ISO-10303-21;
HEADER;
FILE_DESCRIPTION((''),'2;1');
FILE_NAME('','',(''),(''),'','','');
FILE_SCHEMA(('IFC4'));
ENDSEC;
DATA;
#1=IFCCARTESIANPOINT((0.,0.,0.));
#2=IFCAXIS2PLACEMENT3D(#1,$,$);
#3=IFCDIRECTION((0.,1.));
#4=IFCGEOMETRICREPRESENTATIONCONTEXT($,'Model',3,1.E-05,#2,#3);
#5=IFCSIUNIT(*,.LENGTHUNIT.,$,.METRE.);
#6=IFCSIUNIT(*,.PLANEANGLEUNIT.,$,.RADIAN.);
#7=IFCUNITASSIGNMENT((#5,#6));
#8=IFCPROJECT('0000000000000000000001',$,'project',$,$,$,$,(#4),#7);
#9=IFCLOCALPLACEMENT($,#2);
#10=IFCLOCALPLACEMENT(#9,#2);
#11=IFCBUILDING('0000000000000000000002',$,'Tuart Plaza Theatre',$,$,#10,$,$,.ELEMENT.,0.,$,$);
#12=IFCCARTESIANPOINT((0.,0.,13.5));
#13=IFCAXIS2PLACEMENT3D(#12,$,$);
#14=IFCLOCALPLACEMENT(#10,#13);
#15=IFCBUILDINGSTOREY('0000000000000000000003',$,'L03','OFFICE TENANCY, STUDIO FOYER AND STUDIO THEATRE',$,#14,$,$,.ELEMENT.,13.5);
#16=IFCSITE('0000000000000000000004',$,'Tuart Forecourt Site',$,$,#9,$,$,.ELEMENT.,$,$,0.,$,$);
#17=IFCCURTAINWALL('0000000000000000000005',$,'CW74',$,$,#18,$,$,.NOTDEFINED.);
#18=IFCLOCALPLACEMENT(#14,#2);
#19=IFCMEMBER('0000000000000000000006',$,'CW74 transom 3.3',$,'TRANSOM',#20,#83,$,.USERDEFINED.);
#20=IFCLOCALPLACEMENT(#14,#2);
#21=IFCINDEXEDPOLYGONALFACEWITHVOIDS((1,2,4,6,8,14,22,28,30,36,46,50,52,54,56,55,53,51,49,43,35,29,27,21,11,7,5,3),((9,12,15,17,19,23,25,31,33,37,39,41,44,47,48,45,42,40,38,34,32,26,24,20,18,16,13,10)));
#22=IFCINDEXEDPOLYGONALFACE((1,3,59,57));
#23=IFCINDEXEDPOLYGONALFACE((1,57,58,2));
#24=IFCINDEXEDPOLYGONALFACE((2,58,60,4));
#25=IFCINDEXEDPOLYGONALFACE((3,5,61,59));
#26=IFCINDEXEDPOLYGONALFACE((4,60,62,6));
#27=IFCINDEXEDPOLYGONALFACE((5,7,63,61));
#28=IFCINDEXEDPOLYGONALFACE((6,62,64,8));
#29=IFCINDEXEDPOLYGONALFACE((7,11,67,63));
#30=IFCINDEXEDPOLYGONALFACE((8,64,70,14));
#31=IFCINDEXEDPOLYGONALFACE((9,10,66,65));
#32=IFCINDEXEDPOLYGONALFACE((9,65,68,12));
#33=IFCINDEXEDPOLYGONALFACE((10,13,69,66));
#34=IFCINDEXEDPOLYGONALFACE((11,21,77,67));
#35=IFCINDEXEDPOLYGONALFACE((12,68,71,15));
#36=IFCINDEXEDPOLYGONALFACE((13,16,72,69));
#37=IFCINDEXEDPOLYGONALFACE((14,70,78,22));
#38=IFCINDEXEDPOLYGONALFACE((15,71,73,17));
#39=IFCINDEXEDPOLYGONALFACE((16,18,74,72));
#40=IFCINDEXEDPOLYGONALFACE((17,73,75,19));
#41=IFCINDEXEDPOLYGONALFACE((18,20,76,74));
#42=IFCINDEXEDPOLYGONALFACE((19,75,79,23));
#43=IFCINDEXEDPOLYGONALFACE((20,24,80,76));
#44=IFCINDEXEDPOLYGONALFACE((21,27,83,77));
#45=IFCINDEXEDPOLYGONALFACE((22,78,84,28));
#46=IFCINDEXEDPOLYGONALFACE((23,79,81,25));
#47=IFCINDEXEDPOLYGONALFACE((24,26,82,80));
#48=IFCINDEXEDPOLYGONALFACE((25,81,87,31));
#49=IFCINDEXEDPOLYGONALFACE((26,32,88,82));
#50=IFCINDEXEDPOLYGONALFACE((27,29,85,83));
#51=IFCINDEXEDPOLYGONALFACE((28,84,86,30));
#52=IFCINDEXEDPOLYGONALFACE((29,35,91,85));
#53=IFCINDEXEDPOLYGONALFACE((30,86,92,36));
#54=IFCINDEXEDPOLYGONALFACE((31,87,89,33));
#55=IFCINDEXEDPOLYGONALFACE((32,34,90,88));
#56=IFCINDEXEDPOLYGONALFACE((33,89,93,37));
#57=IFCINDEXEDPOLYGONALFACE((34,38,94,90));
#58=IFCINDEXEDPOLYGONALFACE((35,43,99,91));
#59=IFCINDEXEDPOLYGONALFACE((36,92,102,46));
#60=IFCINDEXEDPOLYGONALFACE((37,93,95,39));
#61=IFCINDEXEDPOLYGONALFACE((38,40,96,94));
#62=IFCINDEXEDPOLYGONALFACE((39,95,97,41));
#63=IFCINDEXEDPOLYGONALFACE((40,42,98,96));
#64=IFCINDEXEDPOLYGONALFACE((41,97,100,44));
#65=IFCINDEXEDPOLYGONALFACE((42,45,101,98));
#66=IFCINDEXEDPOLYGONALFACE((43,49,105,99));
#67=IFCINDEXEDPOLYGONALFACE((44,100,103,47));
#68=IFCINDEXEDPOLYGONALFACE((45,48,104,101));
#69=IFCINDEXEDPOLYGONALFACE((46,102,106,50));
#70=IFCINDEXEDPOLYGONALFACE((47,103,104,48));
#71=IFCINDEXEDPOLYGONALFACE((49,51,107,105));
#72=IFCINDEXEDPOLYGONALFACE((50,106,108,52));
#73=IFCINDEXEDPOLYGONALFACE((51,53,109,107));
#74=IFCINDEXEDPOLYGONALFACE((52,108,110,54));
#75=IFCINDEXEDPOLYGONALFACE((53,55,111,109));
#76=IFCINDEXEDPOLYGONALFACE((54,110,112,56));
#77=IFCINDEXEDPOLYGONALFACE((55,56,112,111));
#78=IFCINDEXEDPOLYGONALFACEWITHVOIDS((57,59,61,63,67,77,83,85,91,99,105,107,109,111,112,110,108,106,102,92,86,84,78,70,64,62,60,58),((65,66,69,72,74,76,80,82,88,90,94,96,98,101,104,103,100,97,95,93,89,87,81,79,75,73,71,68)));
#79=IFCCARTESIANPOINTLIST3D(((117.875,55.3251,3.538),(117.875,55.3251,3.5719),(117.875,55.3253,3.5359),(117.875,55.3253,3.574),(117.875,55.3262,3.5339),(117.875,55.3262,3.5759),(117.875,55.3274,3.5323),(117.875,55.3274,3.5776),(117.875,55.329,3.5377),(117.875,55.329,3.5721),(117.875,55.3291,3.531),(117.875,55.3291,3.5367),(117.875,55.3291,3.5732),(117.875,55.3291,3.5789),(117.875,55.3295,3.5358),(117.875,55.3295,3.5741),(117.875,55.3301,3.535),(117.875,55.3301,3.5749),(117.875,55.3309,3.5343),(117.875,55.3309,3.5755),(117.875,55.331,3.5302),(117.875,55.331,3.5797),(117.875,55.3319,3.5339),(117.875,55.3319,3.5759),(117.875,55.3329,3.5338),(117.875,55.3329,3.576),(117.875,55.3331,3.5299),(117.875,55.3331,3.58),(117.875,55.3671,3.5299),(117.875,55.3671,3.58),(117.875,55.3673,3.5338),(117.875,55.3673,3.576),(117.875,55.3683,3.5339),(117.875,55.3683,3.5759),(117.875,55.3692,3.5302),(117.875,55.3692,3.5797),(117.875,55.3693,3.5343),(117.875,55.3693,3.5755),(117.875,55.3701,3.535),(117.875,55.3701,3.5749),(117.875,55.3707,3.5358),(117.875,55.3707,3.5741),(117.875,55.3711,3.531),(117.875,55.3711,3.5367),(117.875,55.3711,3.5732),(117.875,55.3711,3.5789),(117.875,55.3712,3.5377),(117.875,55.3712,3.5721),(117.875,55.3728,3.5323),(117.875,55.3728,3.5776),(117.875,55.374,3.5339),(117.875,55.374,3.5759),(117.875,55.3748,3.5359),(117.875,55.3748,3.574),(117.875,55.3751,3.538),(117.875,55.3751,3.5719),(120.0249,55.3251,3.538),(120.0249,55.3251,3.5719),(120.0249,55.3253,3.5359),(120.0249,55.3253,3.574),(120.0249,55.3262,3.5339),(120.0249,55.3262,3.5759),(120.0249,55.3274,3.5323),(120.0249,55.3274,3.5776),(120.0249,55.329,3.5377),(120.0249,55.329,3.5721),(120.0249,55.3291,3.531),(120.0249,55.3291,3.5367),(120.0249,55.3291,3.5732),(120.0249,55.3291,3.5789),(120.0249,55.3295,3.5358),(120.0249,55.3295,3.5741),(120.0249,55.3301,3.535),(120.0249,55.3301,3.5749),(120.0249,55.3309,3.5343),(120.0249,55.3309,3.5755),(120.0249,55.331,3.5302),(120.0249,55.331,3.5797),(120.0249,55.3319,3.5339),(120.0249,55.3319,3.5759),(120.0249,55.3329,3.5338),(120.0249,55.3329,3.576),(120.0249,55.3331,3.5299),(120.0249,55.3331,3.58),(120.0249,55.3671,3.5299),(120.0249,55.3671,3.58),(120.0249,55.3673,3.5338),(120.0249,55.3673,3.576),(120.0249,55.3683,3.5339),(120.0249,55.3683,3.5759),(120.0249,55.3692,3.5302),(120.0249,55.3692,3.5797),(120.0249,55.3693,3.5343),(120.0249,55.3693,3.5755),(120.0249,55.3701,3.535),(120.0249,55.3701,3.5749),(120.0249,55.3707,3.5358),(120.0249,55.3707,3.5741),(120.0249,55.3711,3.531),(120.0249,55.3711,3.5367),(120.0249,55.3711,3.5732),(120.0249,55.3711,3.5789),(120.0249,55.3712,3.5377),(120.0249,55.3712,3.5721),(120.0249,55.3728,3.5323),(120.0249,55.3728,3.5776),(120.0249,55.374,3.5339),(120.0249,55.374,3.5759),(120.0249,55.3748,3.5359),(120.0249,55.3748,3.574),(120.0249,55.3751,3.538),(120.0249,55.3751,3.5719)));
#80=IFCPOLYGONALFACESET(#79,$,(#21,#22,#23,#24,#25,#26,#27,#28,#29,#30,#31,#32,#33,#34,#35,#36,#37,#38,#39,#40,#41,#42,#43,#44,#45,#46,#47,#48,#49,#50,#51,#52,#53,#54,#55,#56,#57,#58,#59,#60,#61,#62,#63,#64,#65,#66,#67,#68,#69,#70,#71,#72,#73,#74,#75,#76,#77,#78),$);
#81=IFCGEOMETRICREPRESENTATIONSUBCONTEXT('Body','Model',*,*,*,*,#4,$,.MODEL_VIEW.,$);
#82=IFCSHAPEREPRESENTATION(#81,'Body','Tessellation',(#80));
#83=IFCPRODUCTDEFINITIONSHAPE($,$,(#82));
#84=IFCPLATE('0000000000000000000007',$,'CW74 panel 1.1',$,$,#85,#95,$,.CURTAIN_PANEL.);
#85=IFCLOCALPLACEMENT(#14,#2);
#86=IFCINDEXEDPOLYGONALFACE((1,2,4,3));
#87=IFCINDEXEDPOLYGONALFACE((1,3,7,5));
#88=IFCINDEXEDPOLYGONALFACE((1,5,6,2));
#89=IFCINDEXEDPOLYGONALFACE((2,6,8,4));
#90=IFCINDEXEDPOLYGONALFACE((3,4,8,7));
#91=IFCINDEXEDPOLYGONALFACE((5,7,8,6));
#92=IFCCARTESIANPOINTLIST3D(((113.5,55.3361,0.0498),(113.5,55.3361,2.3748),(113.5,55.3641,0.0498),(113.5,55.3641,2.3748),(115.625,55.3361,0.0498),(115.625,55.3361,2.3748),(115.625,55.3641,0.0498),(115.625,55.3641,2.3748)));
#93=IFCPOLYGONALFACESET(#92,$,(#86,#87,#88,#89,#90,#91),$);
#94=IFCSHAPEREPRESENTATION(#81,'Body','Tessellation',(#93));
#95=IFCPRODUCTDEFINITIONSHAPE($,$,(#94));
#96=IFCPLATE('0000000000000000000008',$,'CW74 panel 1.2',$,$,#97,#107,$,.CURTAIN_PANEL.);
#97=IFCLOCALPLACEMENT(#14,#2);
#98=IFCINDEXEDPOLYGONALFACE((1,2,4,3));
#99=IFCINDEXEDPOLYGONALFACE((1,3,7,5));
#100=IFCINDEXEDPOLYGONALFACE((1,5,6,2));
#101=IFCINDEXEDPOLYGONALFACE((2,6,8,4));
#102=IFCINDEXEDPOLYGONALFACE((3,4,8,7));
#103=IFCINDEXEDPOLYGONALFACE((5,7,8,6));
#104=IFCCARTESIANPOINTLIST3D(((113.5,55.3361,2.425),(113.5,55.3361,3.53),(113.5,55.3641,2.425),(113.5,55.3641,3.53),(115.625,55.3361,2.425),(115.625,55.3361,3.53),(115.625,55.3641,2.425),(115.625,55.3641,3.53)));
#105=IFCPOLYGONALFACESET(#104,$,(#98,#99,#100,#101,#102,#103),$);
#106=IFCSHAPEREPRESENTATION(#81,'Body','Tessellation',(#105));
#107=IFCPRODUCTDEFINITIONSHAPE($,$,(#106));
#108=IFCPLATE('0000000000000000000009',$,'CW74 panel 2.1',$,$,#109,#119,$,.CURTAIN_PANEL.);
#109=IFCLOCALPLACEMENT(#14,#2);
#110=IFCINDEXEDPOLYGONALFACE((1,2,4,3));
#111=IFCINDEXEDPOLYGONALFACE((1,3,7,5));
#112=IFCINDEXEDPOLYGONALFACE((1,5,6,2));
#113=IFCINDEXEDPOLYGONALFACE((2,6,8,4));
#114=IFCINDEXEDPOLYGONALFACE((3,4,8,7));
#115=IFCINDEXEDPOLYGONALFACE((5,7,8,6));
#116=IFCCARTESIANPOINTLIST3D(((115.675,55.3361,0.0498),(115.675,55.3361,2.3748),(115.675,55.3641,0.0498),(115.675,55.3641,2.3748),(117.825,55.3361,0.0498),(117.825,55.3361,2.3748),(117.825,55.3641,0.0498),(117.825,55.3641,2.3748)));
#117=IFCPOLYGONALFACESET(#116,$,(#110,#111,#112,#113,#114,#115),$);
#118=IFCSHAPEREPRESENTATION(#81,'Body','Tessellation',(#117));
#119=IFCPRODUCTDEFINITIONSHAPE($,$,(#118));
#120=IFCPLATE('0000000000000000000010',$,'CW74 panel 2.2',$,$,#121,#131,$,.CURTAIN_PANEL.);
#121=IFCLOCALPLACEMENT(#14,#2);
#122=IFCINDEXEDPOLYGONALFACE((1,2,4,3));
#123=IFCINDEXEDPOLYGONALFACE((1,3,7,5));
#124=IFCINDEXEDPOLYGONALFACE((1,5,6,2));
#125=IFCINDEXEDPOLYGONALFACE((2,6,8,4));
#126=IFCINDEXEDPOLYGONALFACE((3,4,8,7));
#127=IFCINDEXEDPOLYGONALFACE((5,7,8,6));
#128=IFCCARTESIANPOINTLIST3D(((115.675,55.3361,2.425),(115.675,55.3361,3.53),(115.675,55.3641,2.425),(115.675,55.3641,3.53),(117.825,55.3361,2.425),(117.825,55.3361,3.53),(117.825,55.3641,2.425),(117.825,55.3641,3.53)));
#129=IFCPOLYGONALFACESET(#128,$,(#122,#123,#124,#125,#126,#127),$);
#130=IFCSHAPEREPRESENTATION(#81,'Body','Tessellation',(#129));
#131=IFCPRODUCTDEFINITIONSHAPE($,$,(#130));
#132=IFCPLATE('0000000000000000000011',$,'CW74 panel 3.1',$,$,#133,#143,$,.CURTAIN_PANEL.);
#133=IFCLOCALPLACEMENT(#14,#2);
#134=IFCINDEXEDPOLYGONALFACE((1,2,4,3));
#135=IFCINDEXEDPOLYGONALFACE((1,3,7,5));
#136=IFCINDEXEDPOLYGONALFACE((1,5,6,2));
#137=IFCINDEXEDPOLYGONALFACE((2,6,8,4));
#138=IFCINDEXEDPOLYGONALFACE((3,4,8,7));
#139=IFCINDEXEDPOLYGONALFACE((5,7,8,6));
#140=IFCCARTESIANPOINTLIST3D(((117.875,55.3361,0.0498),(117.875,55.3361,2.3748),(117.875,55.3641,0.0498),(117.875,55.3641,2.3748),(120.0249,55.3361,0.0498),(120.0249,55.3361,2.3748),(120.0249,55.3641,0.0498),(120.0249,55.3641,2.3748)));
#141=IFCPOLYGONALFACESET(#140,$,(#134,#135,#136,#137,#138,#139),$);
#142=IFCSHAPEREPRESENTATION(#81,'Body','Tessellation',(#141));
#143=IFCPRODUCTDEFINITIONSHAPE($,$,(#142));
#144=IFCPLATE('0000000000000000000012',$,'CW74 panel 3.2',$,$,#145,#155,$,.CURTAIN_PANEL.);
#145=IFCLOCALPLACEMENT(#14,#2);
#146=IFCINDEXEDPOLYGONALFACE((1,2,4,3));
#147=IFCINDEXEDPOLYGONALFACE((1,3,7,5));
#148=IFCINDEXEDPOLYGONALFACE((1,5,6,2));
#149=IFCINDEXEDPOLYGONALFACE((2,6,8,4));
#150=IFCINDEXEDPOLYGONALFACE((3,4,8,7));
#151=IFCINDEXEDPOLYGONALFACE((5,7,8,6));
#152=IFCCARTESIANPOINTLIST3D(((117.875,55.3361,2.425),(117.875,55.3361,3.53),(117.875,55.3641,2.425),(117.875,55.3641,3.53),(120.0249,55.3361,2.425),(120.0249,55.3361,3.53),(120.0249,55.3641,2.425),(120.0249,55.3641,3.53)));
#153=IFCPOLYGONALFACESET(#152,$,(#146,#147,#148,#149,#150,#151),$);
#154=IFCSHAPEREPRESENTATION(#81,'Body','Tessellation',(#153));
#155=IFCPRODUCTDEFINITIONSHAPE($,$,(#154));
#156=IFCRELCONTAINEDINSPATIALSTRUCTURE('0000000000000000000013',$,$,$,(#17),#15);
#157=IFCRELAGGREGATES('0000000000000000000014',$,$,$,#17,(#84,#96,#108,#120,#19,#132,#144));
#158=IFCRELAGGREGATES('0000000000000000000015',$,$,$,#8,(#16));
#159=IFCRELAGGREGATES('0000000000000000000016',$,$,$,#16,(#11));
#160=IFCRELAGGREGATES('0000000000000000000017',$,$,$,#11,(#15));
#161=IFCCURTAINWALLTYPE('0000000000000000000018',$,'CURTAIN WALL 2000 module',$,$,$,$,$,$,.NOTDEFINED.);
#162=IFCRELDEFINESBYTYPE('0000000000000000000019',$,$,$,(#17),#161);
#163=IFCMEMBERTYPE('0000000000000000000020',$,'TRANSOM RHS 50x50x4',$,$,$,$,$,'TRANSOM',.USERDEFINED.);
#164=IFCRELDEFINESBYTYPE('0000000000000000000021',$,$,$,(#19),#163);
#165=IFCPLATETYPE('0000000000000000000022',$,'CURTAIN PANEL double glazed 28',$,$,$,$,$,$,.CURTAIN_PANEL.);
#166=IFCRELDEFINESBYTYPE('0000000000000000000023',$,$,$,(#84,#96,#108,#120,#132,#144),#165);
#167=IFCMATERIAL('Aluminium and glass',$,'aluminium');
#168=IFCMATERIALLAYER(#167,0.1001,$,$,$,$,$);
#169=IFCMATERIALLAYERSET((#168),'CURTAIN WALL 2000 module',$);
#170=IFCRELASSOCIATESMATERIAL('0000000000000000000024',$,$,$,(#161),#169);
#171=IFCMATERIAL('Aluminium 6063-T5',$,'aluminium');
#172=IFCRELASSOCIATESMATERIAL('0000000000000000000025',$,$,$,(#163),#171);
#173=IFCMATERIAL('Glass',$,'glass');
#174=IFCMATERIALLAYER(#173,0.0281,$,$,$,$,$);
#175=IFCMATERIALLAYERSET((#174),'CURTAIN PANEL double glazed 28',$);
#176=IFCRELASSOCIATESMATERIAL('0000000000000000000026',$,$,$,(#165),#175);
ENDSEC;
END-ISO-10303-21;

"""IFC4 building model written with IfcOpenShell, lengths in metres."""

from ifc_helpers import new_model, si_unit, direction, frame, origin, origin_2d, place, context, subcontext, project, spatial, rectangle, hollow_rectangle, extrude, material, layer, layer_set, material_profile, profile_set, type_object, element, aggregate, save


model = new_model("IFC4")

# Units and contexts
model_context = context("Model", 3, precision=1e-05, world=origin(), true_north=direction((0.0, 1.0)))
body_context = subcontext(model_context, "Body", "Model", "MODEL_VIEW")
ifc_project = project(units=[si_unit("LENGTHUNIT", "METRE"), si_unit("PLANEANGLEUNIT", "RADIAN")], contexts=[model_context])

# Site, building, storey
site_placement = place(None, origin())
site = spatial("IfcSite", under=ifc_project, at=site_placement, Name="Tuart Forecourt Site", CompositionType="ELEMENT", RefElevation=0.0)
building_placement = place(site_placement, origin())
building = spatial("IfcBuilding", under=site, at=building_placement, Name="Tuart Plaza Theatre", CompositionType="ELEMENT", ElevationOfRefHeight=0.0)
storey_placement = place(building_placement, frame((0.0, 0.0, 13.5)))
storey = spatial("IfcBuildingStorey", under=building, at=storey_placement, Name="L03", Description="OFFICE TENANCY, STUDIO FOYER AND STUDIO THEATRE", CompositionType="ELEMENT", Elevation=13.5)

# Shared definitions
ifc_material_1 = material(Name="Aluminium and glass", Category="aluminium")
ifc_layer_1 = layer(ifc_material_1, 0.1001)
ifc_layer_set_1 = layer_set([ifc_layer_1], Name="CURTAIN WALL 2000 module")
curtain_wall_type = type_object("IfcCurtainWallType", Name="CURTAIN WALL 2000 module", PredefinedType="NOTDEFINED", material=ifc_layer_set_1)

# Curtain wall, member, plates
curtain_wall_1_placement = place(storey_placement, origin())
curtain_wall_1 = element("IfcCurtainWall", 1, at=curtain_wall_1_placement, inside=storey, type_object=curtain_wall_type, Name="CW74", PredefinedType="NOTDEFINED")
ifc_material_2 = material(Name="Aluminium 6063-T5", Category="aluminium")
ifc_material_profile_1 = material_profile(ifc_material_2, hollow_rectangle(XDim=0.05, YDim=0.05, WallThickness=0.0039, InnerFilletRadius=0.0039, OuterFilletRadius=0.0081, at=origin_2d()), Name="RHS 50x50x4")
ifc_profile_set_1 = profile_set([ifc_material_profile_1], Name="Aluminium 6063-T5")
member_type_1 = type_object("IfcMemberType", Name="TRANSOM RHS 50x50x4", ElementType="TRANSOM", PredefinedType="USERDEFINED", material=ifc_profile_set_1)
member_1_placement = place(storey_placement, frame((117.875, 55.3501, 3.5549), z_axis=(1.0, 0.0, 0.0), x_axis=(0.0, 1.0, 0.0)))
member_1 = element("IfcMember", 2, at=member_1_placement, type_object=member_type_1, Name="CW74 transom 3.3", ObjectType="TRANSOM", PredefinedType="USERDEFINED", context=body_context, shape_type="SweptSolid", body=[
    extrude(hollow_rectangle(XDim=0.05, YDim=0.05, WallThickness=0.0039, InnerFilletRadius=0.0039, OuterFilletRadius=0.0081, at=origin_2d()), origin(), (0.0, 0.0, 1.0), 2.1499),
])
ifc_material_3 = material(Name="Glass", Category="glass")
ifc_layer_2 = layer(ifc_material_3, 0.0281)
ifc_layer_set_2 = layer_set([ifc_layer_2], Name="CURTAIN PANEL double glazed 28")
plate_type = type_object("IfcPlateType", Name="CURTAIN PANEL double glazed 28", PredefinedType="CURTAIN_PANEL", material=ifc_layer_set_2)
plate_1_placement = place(storey_placement, frame((114.5625, 55.3501, 0.0498), z_axis=(0.0, 0.0, 1.0), x_axis=(1.0, 0.0, 0.0)))
plate_1 = element("IfcPlate", 3, at=plate_1_placement, type_object=plate_type, Name="CW74 panel 1.1", PredefinedType="CURTAIN_PANEL", context=body_context, shape_type="SweptSolid", body=[
    extrude(rectangle(XDim=2.125, YDim=0.0281, at=origin_2d()), origin(), (0.0, 0.0, 1.0), 2.325),
])
plate_2_placement = place(storey_placement, frame((114.5625, 55.3501, 2.425), z_axis=(0.0, 0.0, 1.0), x_axis=(1.0, 0.0, 0.0)))
plate_2 = element("IfcPlate", 4, at=plate_2_placement, type_object=plate_type, Name="CW74 panel 1.2", PredefinedType="CURTAIN_PANEL", context=body_context, shape_type="SweptSolid", body=[
    extrude(rectangle(XDim=2.125, YDim=0.0281, at=origin_2d()), origin(), (0.0, 0.0, 1.0), 1.105),
])
plate_3_placement = place(storey_placement, frame((116.75, 55.3501, 0.0498), z_axis=(0.0, 0.0, 1.0), x_axis=(1.0, 0.0, 0.0)))
plate_3 = element("IfcPlate", 5, at=plate_3_placement, type_object=plate_type, Name="CW74 panel 2.1", PredefinedType="CURTAIN_PANEL", context=body_context, shape_type="SweptSolid", body=[
    extrude(rectangle(XDim=2.1499, YDim=0.0281, at=origin_2d()), origin(), (0.0, 0.0, 1.0), 2.325),
])
plate_4_placement = place(storey_placement, frame((116.75, 55.3501, 2.425), z_axis=(0.0, 0.0, 1.0), x_axis=(1.0, 0.0, 0.0)))
plate_4 = element("IfcPlate", 6, at=plate_4_placement, type_object=plate_type, Name="CW74 panel 2.2", PredefinedType="CURTAIN_PANEL", context=body_context, shape_type="SweptSolid", body=[
    extrude(rectangle(XDim=2.1499, YDim=0.0281, at=origin_2d()), origin(), (0.0, 0.0, 1.0), 1.105),
])
plate_5_placement = place(storey_placement, frame((118.95, 55.3501, 0.0498), z_axis=(0.0, 0.0, 1.0), x_axis=(1.0, 0.0, 0.0)))
plate_5 = element("IfcPlate", 7, at=plate_5_placement, type_object=plate_type, Name="CW74 panel 3.1", PredefinedType="CURTAIN_PANEL", context=body_context, shape_type="SweptSolid", body=[
    extrude(rectangle(XDim=2.1499, YDim=0.0281, at=origin_2d()), origin(), (0.0, 0.0, 1.0), 2.325),
])
plate_6_placement = place(storey_placement, frame((118.95, 55.3501, 2.425), z_axis=(0.0, 0.0, 1.0), x_axis=(1.0, 0.0, 0.0)))
plate_6 = element("IfcPlate", 8, at=plate_6_placement, type_object=plate_type, Name="CW74 panel 3.2", PredefinedType="CURTAIN_PANEL", context=body_context, shape_type="SweptSolid", body=[
    extrude(rectangle(XDim=2.1499, YDim=0.0281, at=origin_2d()), origin(), (0.0, 0.0, 1.0), 1.105),
])
aggregate(curtain_wall_1, [plate_1, plate_2, plate_3, plate_4, member_1, plate_5, plate_6])

save(model, "model.ifc")
